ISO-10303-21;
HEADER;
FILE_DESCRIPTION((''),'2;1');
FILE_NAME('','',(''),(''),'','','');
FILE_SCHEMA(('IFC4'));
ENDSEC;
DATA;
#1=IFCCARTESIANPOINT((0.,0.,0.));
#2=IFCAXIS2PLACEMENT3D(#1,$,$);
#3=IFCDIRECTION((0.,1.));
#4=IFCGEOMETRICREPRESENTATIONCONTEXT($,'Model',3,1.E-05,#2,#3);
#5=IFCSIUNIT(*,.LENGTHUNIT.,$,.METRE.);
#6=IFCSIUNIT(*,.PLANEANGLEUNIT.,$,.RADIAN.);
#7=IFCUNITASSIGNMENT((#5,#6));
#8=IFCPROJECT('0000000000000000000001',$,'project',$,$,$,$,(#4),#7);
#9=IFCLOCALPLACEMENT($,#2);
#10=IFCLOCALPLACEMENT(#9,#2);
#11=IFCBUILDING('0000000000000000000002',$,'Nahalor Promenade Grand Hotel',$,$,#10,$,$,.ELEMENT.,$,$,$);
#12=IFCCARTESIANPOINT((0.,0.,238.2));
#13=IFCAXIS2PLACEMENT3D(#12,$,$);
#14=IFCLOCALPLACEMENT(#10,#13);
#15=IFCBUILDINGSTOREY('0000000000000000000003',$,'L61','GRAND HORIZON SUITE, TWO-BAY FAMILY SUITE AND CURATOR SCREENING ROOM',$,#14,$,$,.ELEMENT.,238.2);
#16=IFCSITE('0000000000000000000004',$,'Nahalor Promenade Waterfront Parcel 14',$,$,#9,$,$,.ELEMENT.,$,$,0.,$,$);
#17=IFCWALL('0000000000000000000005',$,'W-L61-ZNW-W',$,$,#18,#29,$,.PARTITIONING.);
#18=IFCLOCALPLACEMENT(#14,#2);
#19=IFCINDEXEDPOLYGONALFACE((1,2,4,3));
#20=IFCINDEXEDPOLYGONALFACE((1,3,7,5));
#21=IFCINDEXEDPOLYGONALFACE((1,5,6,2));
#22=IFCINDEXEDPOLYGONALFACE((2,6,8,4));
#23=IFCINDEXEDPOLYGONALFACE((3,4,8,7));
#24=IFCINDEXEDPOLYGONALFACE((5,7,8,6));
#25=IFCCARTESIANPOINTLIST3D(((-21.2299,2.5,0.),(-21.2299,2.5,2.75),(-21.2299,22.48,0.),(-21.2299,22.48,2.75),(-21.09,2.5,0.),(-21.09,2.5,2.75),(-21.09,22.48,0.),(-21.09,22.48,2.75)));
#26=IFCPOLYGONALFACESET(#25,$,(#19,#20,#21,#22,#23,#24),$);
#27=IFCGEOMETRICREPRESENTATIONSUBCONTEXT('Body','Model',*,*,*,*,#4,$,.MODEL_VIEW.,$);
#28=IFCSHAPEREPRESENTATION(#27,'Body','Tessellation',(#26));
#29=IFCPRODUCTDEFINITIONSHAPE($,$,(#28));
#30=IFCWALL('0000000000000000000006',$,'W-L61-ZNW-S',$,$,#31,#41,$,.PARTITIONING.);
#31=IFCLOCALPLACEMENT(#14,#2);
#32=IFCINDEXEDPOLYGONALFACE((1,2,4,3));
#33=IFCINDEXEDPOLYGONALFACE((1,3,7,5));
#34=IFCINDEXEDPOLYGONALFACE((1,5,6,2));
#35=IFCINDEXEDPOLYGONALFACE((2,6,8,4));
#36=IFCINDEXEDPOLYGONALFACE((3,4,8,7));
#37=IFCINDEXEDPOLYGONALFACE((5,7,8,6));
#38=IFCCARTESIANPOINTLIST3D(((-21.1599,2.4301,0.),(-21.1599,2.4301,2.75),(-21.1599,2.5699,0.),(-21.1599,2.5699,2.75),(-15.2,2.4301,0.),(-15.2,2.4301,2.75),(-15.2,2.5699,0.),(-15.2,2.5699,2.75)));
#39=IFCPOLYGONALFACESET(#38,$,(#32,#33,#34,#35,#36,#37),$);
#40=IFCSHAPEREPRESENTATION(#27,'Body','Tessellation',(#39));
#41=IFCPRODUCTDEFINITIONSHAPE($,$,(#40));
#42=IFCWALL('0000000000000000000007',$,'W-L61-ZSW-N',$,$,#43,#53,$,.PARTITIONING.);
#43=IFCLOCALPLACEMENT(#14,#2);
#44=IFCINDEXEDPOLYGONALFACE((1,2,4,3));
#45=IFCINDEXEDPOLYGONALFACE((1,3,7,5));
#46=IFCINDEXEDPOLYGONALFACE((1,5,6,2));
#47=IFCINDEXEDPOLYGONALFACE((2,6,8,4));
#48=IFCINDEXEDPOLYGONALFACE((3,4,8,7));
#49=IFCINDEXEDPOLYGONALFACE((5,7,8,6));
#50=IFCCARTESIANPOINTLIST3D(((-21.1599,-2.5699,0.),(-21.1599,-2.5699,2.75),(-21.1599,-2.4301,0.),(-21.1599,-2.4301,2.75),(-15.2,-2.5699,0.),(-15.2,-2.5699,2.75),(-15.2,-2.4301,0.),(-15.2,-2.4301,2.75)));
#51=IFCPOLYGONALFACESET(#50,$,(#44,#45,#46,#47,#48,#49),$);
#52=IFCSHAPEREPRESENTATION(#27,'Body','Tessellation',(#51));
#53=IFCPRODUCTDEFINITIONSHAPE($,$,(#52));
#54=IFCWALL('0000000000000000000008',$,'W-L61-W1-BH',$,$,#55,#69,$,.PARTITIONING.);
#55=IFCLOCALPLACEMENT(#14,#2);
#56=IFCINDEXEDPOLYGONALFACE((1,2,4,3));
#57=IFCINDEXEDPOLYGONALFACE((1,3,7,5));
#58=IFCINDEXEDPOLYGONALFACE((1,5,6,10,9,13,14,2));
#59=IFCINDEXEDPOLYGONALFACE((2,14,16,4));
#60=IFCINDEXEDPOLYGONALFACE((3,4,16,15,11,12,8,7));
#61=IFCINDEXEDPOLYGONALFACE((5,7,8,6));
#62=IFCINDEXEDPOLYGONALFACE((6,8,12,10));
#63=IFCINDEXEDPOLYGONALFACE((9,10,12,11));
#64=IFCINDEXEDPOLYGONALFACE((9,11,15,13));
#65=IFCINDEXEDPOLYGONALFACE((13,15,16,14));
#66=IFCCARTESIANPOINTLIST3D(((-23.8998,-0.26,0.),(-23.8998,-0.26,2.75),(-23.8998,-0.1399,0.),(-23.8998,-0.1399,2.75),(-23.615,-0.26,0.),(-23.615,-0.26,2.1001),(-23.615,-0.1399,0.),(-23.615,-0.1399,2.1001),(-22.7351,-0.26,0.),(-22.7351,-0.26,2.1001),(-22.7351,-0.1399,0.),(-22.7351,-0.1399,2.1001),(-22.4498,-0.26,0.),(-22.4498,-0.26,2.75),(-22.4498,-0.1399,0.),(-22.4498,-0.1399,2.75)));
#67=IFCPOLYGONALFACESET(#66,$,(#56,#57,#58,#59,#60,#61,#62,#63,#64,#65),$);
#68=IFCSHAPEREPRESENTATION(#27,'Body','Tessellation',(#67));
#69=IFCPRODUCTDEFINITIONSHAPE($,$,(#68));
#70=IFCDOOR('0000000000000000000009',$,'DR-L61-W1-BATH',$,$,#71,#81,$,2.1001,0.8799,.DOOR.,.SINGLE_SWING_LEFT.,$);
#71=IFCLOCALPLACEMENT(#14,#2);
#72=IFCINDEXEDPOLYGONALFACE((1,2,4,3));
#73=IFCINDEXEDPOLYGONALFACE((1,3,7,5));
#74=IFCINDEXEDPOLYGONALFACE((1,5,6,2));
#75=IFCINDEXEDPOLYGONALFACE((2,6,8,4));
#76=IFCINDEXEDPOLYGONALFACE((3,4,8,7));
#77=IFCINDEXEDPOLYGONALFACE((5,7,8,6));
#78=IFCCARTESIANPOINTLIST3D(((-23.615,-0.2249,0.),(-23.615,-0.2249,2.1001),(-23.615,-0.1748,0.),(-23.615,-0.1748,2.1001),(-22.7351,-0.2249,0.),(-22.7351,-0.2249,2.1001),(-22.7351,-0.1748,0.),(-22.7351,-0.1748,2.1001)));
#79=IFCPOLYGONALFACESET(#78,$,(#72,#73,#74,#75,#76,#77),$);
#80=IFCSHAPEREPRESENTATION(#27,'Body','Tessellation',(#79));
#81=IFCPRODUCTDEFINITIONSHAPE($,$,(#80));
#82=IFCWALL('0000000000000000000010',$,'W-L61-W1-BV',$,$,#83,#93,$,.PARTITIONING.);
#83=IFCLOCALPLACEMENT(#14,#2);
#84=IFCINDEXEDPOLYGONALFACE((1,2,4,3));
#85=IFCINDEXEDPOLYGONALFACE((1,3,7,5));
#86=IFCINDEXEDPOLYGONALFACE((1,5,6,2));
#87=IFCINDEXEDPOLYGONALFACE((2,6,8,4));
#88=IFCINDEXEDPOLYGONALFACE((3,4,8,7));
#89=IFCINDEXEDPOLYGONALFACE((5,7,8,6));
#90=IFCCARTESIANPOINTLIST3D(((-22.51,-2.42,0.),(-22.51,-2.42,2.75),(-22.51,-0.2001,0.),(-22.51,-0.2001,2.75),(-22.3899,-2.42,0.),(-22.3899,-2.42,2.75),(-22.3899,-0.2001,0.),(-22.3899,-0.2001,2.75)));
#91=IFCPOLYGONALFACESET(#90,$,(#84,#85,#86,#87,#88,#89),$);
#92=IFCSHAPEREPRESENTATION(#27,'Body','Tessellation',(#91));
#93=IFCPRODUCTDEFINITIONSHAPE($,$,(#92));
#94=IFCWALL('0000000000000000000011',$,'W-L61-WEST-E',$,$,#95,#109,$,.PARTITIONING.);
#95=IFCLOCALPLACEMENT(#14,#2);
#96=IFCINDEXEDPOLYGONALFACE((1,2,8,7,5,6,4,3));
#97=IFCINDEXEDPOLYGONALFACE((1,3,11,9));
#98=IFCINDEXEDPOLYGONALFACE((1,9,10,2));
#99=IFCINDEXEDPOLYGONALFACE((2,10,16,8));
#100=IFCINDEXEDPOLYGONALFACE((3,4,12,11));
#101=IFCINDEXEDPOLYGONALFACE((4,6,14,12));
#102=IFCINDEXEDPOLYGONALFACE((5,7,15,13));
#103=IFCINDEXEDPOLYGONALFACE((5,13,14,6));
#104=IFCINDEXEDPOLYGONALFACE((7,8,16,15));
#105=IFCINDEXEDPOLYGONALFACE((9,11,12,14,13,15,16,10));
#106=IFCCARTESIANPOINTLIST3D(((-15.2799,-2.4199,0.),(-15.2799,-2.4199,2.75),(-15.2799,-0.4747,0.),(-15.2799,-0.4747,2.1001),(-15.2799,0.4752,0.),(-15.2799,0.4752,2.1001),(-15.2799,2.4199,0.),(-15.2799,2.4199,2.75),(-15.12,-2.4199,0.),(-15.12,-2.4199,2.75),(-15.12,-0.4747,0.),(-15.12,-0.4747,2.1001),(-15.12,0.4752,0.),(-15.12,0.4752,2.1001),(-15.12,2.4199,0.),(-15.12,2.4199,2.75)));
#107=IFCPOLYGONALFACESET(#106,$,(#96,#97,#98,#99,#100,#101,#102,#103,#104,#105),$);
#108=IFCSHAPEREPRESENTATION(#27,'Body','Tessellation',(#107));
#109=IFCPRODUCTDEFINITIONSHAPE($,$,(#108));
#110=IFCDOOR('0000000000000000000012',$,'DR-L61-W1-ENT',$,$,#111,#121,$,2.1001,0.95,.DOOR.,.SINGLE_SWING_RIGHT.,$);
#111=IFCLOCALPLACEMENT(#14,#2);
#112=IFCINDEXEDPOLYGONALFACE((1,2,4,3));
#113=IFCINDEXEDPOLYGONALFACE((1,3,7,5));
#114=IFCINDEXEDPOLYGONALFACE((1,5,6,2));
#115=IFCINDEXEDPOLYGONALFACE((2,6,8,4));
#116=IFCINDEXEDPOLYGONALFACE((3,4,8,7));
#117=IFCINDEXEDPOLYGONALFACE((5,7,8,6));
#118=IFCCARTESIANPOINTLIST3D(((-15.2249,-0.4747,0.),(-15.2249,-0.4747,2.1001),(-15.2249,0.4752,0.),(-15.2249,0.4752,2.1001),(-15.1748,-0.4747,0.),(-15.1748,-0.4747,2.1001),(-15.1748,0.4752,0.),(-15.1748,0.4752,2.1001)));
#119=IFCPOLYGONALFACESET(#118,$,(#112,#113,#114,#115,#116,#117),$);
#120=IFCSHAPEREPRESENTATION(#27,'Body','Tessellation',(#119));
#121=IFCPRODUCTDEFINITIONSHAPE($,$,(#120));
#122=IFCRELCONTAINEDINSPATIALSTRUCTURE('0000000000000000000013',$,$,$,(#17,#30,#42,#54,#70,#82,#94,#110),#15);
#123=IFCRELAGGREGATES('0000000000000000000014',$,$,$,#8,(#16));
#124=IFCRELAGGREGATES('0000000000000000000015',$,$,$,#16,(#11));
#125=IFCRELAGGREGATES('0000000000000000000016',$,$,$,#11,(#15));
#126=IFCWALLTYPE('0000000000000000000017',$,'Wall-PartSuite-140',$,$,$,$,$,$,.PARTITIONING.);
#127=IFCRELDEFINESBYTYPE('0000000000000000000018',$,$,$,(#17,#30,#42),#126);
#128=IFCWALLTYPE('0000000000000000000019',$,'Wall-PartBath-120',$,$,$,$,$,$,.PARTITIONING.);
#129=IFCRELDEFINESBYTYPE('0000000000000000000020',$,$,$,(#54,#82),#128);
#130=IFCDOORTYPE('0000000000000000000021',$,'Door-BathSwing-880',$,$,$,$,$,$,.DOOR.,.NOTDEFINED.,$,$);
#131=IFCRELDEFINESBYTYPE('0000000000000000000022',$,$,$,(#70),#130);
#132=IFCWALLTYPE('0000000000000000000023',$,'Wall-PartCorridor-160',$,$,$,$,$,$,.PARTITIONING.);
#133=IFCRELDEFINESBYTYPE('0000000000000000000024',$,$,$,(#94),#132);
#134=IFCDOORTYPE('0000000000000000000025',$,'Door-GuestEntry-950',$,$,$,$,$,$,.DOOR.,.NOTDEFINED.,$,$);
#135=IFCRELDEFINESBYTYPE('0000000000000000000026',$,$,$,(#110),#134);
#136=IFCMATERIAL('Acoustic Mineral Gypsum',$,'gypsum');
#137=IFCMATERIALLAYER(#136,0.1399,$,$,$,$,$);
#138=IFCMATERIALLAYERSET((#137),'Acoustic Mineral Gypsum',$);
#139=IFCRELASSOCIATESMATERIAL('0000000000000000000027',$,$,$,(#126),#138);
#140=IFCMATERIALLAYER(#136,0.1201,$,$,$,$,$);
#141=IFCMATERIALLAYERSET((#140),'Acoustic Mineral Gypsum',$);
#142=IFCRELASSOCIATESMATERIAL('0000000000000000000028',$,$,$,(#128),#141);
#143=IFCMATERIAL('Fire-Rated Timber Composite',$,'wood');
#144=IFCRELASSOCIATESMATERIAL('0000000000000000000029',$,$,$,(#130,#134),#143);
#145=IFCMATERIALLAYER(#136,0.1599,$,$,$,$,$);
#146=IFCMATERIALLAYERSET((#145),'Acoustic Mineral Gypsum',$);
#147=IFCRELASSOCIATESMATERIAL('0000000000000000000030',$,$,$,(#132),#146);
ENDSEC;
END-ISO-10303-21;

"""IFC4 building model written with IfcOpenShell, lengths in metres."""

from ifc_helpers import new_model, si_unit, direction, frame, frame_2d, origin, place, context, subcontext, project, spatial, rectangle, extrude, source, transform, mapped, material, layer, layer_set, type_object, element, fill, save


model = new_model("IFC4")

# Units and contexts
model_context = context("Model", 3, precision=1e-05, world=origin(), true_north=direction((0.0, 1.0)))
body_context = subcontext(model_context, "Body", "Model", "MODEL_VIEW")
ifc_project = project(units=[si_unit("LENGTHUNIT", "METRE"), si_unit("PLANEANGLEUNIT", "RADIAN")], contexts=[model_context])

# Site, building, storey
site_placement = place(None, origin())
site = spatial("IfcSite", under=ifc_project, at=site_placement, Name="Nahalor Promenade Waterfront Parcel 14", CompositionType="ELEMENT", RefElevation=0.0)
building_placement = place(site_placement, origin())
building = spatial("IfcBuilding", under=site, at=building_placement, Name="Nahalor Promenade Grand Hotel", CompositionType="ELEMENT")
storey_placement = place(building_placement, frame((0.0, 0.0, 238.2)))
storey = spatial("IfcBuildingStorey", under=building, at=storey_placement, Name="L61", Description="GRAND HORIZON SUITE, TWO-BAY FAMILY SUITE AND CURATOR SCREENING ROOM", CompositionType="ELEMENT", Elevation=238.2)

# Walls
ifc_material_1 = material(Name="Acoustic Mineral Gypsum", Category="gypsum")
ifc_layer_1 = layer(ifc_material_1, 0.1399)
ifc_layer_set_1 = layer_set([ifc_layer_1], Name="Acoustic Mineral Gypsum")
wall_type_1 = type_object("IfcWallType", Name="Wall-PartSuite-140", PredefinedType="PARTITIONING", material=ifc_layer_set_1)
shared_shape_1 = source(origin(), body_context, "Body", "SweptSolid", [
    extrude(rectangle(XDim=19.98, YDim=0.1399, at=frame_2d((9.99, 0.0))), origin(), (0.0, 0.0, 1.0), 2.75),
])
wall_1_placement = place(storey_placement, frame((-21.1599, 2.5, 0.0), z_axis=(0.0, 0.0, 1.0), x_axis=(0.0, 1.0, 0.0)))
element("IfcWall", 1, at=wall_1_placement, inside=storey, type_object=wall_type_1, Name="W-L61-ZNW-W", PredefinedType="PARTITIONING", context=body_context, shape_type="MappedRepresentation", body=[
    mapped(shared_shape_1, transform((0.0, 0.0, 0.0), scale=1.0)),
])
shared_shape_2 = source(origin(), body_context, "Body", "SweptSolid", [
    extrude(rectangle(XDim=5.96, YDim=0.1399, at=frame_2d((2.98, 0.0))), origin(), (0.0, 0.0, 1.0), 2.75),
])
for number, where, z_axis, x_axis, name in (
    (2, (-21.1599, 2.5, 0.0), (0.0, 0.0, 1.0), (1.0, 0.0, 0.0), "W-L61-ZNW-S"),
    (3, (-21.1599, -2.5, 0.0), (0.0, 0.0, 1.0), (1.0, 0.0, 0.0), "W-L61-ZSW-N"),
):
    element("IfcWall", number, at=place(storey_placement, frame(where, z_axis=z_axis, x_axis=x_axis)), inside=storey, type_object=wall_type_1, Name=name, PredefinedType="PARTITIONING", context=body_context, shape_type="MappedRepresentation", body=[
        mapped(shared_shape_2, transform((0.0, 0.0, 0.0), scale=1.0)),
    ])

# Wall, opening, door
ifc_layer_2 = layer(ifc_material_1, 0.1201)
ifc_layer_set_2 = layer_set([ifc_layer_2], Name="Acoustic Mineral Gypsum")
wall_type_2 = type_object("IfcWallType", Name="Wall-PartBath-120", PredefinedType="PARTITIONING", material=ifc_layer_set_2)
shared_shape_3 = source(origin(), body_context, "Body", "SweptSolid", [
    extrude(rectangle(XDim=1.45, YDim=0.1201, at=frame_2d((0.7251, 0.0))), origin(), (0.0, 0.0, 1.0), 2.75),
])
wall_2_placement = place(storey_placement, frame((-23.8999, -0.2, 0.0), z_axis=(0.0, 0.0, 1.0), x_axis=(1.0, 0.0, 0.0)))
wall_2 = element("IfcWall", 4, at=wall_2_placement, inside=storey, type_object=wall_type_2, Name="W-L61-W1-BH", PredefinedType="PARTITIONING", context=body_context, shape_type="MappedRepresentation", body=[
    mapped(shared_shape_3, transform((0.0, 0.0, 0.0), scale=1.0)),
])
opening_1_placement = place(wall_2_placement, frame((0.2849, 0.0, 0.0)))
opening_1 = element("IfcOpeningElement", 5, at=opening_1_placement, cuts=wall_2, PredefinedType="OPENING", context=body_context, shape_type="SweptSolid", body=[
    extrude(rectangle(XDim=0.8799, YDim=2.1001, at=frame_2d((0.4399, 1.05))), frame((0.0, 0.0701, 0.0), z_axis=(0.0, -1.0, 0.0), x_axis=(1.0, 0.0, 0.0)), (0.0, 0.0, 1.0), 0.1401),
])
ifc_material_2 = material(Name="Fire-Rated Timber Composite", Category="wood")
door_type_1 = type_object("IfcDoorType", Name="Door-BathSwing-880", OperationType="NOTDEFINED", PredefinedType="DOOR", material=ifc_material_2)
shared_shape_4 = source(origin(), body_context, "Body", "SweptSolid", [
    extrude(rectangle(XDim=0.8799, YDim=2.1001, at=frame_2d((0.4399, 1.05))), frame((0.0, 0.0249, 0.0), z_axis=(0.0, -1.0, 0.0), x_axis=(1.0, 0.0, 0.0)), (0.0, 0.0, 1.0), 0.05),
])
door_1_placement = place(opening_1_placement, frame((0.8799, 0.0, 0.0), z_axis=(0.0, 0.0, 1.0), x_axis=(-1.0, 0.0, 0.0)))
door_1 = element("IfcDoor", 6, at=door_1_placement, inside=storey, type_object=door_type_1, Name="DR-L61-W1-BATH", OperationType="SINGLE_SWING_LEFT", OverallHeight=2.1001, OverallWidth=0.8799, PredefinedType="DOOR", context=body_context, shape_type="MappedRepresentation", body=[
    mapped(shared_shape_4, transform((0.0, 0.0, 0.0), scale=1.0)),
])
fill(opening_1, door_1)

# Wall
shared_shape_5 = source(origin(), body_context, "Body", "SweptSolid", [
    extrude(rectangle(XDim=2.22, YDim=0.1201, at=frame_2d((1.1099, 0.0))), origin(), (0.0, 0.0, 1.0), 2.75),
])
wall_3_placement = place(storey_placement, frame((-22.45, -2.4199, 0.0), z_axis=(0.0, 0.0, 1.0), x_axis=(0.0, 1.0, 0.0)))
element("IfcWall", 7, at=wall_3_placement, inside=storey, type_object=wall_type_2, Name="W-L61-W1-BV", PredefinedType="PARTITIONING", context=body_context, shape_type="MappedRepresentation", body=[
    mapped(shared_shape_5, transform((0.0, 0.0, 0.0), scale=1.0)),
])

# Wall, opening, door
ifc_layer_3 = layer(ifc_material_1, 0.1599)
ifc_layer_set_3 = layer_set([ifc_layer_3], Name="Acoustic Mineral Gypsum")
wall_type_3 = type_object("IfcWallType", Name="Wall-PartCorridor-160", PredefinedType="PARTITIONING", material=ifc_layer_set_3)
shared_shape_6 = source(origin(), body_context, "Body", "SweptSolid", [
    extrude(rectangle(XDim=4.8398, YDim=0.1599, at=frame_2d((2.4199, 0.0))), origin(), (0.0, 0.0, 1.0), 2.75),
])
wall_4_placement = place(storey_placement, frame((-15.2, -2.4199, 0.0), z_axis=(0.0, 0.0, 1.0), x_axis=(0.0, 1.0, 0.0)))
wall_4 = element("IfcWall", 8, at=wall_4_placement, inside=storey, type_object=wall_type_3, Name="W-L61-WEST-E", PredefinedType="PARTITIONING", context=body_context, shape_type="MappedRepresentation", body=[
    mapped(shared_shape_6, transform((0.0, 0.0, 0.0), scale=1.0)),
])
opening_2_placement = place(wall_4_placement, frame((1.9451, 0.0, 0.0)))
opening_2 = element("IfcOpeningElement", 9, at=opening_2_placement, cuts=wall_4, PredefinedType="OPENING", context=body_context, shape_type="SweptSolid", body=[
    extrude(rectangle(XDim=0.95, YDim=2.1001, at=frame_2d((0.4751, 1.05))), frame((0.0, 0.0898, 0.0), z_axis=(0.0, -1.0, 0.0), x_axis=(1.0, 0.0, 0.0)), (0.0, 0.0, 1.0), 0.1799),
])
door_type_2 = type_object("IfcDoorType", Name="Door-GuestEntry-950", OperationType="NOTDEFINED", PredefinedType="DOOR", material=ifc_material_2)
shared_shape_7 = source(origin(), body_context, "Body", "SweptSolid", [
    extrude(rectangle(XDim=0.95, YDim=2.1001, at=frame_2d((0.4751, 1.05))), frame((0.0, 0.0249, 0.0), z_axis=(0.0, -1.0, 0.0), x_axis=(1.0, 0.0, 0.0)), (0.0, 0.0, 1.0), 0.05),
])
door_2_placement = place(opening_2_placement, origin())
door_2 = element("IfcDoor", 10, at=door_2_placement, inside=storey, type_object=door_type_2, Name="DR-L61-W1-ENT", OperationType="SINGLE_SWING_RIGHT", OverallHeight=2.1001, OverallWidth=0.95, PredefinedType="DOOR", context=body_context, shape_type="MappedRepresentation", body=[
    mapped(shared_shape_7, transform((0.0, 0.0, 0.0), scale=1.0)),
])
fill(opening_2, door_2)

save(model, "model.ifc")
